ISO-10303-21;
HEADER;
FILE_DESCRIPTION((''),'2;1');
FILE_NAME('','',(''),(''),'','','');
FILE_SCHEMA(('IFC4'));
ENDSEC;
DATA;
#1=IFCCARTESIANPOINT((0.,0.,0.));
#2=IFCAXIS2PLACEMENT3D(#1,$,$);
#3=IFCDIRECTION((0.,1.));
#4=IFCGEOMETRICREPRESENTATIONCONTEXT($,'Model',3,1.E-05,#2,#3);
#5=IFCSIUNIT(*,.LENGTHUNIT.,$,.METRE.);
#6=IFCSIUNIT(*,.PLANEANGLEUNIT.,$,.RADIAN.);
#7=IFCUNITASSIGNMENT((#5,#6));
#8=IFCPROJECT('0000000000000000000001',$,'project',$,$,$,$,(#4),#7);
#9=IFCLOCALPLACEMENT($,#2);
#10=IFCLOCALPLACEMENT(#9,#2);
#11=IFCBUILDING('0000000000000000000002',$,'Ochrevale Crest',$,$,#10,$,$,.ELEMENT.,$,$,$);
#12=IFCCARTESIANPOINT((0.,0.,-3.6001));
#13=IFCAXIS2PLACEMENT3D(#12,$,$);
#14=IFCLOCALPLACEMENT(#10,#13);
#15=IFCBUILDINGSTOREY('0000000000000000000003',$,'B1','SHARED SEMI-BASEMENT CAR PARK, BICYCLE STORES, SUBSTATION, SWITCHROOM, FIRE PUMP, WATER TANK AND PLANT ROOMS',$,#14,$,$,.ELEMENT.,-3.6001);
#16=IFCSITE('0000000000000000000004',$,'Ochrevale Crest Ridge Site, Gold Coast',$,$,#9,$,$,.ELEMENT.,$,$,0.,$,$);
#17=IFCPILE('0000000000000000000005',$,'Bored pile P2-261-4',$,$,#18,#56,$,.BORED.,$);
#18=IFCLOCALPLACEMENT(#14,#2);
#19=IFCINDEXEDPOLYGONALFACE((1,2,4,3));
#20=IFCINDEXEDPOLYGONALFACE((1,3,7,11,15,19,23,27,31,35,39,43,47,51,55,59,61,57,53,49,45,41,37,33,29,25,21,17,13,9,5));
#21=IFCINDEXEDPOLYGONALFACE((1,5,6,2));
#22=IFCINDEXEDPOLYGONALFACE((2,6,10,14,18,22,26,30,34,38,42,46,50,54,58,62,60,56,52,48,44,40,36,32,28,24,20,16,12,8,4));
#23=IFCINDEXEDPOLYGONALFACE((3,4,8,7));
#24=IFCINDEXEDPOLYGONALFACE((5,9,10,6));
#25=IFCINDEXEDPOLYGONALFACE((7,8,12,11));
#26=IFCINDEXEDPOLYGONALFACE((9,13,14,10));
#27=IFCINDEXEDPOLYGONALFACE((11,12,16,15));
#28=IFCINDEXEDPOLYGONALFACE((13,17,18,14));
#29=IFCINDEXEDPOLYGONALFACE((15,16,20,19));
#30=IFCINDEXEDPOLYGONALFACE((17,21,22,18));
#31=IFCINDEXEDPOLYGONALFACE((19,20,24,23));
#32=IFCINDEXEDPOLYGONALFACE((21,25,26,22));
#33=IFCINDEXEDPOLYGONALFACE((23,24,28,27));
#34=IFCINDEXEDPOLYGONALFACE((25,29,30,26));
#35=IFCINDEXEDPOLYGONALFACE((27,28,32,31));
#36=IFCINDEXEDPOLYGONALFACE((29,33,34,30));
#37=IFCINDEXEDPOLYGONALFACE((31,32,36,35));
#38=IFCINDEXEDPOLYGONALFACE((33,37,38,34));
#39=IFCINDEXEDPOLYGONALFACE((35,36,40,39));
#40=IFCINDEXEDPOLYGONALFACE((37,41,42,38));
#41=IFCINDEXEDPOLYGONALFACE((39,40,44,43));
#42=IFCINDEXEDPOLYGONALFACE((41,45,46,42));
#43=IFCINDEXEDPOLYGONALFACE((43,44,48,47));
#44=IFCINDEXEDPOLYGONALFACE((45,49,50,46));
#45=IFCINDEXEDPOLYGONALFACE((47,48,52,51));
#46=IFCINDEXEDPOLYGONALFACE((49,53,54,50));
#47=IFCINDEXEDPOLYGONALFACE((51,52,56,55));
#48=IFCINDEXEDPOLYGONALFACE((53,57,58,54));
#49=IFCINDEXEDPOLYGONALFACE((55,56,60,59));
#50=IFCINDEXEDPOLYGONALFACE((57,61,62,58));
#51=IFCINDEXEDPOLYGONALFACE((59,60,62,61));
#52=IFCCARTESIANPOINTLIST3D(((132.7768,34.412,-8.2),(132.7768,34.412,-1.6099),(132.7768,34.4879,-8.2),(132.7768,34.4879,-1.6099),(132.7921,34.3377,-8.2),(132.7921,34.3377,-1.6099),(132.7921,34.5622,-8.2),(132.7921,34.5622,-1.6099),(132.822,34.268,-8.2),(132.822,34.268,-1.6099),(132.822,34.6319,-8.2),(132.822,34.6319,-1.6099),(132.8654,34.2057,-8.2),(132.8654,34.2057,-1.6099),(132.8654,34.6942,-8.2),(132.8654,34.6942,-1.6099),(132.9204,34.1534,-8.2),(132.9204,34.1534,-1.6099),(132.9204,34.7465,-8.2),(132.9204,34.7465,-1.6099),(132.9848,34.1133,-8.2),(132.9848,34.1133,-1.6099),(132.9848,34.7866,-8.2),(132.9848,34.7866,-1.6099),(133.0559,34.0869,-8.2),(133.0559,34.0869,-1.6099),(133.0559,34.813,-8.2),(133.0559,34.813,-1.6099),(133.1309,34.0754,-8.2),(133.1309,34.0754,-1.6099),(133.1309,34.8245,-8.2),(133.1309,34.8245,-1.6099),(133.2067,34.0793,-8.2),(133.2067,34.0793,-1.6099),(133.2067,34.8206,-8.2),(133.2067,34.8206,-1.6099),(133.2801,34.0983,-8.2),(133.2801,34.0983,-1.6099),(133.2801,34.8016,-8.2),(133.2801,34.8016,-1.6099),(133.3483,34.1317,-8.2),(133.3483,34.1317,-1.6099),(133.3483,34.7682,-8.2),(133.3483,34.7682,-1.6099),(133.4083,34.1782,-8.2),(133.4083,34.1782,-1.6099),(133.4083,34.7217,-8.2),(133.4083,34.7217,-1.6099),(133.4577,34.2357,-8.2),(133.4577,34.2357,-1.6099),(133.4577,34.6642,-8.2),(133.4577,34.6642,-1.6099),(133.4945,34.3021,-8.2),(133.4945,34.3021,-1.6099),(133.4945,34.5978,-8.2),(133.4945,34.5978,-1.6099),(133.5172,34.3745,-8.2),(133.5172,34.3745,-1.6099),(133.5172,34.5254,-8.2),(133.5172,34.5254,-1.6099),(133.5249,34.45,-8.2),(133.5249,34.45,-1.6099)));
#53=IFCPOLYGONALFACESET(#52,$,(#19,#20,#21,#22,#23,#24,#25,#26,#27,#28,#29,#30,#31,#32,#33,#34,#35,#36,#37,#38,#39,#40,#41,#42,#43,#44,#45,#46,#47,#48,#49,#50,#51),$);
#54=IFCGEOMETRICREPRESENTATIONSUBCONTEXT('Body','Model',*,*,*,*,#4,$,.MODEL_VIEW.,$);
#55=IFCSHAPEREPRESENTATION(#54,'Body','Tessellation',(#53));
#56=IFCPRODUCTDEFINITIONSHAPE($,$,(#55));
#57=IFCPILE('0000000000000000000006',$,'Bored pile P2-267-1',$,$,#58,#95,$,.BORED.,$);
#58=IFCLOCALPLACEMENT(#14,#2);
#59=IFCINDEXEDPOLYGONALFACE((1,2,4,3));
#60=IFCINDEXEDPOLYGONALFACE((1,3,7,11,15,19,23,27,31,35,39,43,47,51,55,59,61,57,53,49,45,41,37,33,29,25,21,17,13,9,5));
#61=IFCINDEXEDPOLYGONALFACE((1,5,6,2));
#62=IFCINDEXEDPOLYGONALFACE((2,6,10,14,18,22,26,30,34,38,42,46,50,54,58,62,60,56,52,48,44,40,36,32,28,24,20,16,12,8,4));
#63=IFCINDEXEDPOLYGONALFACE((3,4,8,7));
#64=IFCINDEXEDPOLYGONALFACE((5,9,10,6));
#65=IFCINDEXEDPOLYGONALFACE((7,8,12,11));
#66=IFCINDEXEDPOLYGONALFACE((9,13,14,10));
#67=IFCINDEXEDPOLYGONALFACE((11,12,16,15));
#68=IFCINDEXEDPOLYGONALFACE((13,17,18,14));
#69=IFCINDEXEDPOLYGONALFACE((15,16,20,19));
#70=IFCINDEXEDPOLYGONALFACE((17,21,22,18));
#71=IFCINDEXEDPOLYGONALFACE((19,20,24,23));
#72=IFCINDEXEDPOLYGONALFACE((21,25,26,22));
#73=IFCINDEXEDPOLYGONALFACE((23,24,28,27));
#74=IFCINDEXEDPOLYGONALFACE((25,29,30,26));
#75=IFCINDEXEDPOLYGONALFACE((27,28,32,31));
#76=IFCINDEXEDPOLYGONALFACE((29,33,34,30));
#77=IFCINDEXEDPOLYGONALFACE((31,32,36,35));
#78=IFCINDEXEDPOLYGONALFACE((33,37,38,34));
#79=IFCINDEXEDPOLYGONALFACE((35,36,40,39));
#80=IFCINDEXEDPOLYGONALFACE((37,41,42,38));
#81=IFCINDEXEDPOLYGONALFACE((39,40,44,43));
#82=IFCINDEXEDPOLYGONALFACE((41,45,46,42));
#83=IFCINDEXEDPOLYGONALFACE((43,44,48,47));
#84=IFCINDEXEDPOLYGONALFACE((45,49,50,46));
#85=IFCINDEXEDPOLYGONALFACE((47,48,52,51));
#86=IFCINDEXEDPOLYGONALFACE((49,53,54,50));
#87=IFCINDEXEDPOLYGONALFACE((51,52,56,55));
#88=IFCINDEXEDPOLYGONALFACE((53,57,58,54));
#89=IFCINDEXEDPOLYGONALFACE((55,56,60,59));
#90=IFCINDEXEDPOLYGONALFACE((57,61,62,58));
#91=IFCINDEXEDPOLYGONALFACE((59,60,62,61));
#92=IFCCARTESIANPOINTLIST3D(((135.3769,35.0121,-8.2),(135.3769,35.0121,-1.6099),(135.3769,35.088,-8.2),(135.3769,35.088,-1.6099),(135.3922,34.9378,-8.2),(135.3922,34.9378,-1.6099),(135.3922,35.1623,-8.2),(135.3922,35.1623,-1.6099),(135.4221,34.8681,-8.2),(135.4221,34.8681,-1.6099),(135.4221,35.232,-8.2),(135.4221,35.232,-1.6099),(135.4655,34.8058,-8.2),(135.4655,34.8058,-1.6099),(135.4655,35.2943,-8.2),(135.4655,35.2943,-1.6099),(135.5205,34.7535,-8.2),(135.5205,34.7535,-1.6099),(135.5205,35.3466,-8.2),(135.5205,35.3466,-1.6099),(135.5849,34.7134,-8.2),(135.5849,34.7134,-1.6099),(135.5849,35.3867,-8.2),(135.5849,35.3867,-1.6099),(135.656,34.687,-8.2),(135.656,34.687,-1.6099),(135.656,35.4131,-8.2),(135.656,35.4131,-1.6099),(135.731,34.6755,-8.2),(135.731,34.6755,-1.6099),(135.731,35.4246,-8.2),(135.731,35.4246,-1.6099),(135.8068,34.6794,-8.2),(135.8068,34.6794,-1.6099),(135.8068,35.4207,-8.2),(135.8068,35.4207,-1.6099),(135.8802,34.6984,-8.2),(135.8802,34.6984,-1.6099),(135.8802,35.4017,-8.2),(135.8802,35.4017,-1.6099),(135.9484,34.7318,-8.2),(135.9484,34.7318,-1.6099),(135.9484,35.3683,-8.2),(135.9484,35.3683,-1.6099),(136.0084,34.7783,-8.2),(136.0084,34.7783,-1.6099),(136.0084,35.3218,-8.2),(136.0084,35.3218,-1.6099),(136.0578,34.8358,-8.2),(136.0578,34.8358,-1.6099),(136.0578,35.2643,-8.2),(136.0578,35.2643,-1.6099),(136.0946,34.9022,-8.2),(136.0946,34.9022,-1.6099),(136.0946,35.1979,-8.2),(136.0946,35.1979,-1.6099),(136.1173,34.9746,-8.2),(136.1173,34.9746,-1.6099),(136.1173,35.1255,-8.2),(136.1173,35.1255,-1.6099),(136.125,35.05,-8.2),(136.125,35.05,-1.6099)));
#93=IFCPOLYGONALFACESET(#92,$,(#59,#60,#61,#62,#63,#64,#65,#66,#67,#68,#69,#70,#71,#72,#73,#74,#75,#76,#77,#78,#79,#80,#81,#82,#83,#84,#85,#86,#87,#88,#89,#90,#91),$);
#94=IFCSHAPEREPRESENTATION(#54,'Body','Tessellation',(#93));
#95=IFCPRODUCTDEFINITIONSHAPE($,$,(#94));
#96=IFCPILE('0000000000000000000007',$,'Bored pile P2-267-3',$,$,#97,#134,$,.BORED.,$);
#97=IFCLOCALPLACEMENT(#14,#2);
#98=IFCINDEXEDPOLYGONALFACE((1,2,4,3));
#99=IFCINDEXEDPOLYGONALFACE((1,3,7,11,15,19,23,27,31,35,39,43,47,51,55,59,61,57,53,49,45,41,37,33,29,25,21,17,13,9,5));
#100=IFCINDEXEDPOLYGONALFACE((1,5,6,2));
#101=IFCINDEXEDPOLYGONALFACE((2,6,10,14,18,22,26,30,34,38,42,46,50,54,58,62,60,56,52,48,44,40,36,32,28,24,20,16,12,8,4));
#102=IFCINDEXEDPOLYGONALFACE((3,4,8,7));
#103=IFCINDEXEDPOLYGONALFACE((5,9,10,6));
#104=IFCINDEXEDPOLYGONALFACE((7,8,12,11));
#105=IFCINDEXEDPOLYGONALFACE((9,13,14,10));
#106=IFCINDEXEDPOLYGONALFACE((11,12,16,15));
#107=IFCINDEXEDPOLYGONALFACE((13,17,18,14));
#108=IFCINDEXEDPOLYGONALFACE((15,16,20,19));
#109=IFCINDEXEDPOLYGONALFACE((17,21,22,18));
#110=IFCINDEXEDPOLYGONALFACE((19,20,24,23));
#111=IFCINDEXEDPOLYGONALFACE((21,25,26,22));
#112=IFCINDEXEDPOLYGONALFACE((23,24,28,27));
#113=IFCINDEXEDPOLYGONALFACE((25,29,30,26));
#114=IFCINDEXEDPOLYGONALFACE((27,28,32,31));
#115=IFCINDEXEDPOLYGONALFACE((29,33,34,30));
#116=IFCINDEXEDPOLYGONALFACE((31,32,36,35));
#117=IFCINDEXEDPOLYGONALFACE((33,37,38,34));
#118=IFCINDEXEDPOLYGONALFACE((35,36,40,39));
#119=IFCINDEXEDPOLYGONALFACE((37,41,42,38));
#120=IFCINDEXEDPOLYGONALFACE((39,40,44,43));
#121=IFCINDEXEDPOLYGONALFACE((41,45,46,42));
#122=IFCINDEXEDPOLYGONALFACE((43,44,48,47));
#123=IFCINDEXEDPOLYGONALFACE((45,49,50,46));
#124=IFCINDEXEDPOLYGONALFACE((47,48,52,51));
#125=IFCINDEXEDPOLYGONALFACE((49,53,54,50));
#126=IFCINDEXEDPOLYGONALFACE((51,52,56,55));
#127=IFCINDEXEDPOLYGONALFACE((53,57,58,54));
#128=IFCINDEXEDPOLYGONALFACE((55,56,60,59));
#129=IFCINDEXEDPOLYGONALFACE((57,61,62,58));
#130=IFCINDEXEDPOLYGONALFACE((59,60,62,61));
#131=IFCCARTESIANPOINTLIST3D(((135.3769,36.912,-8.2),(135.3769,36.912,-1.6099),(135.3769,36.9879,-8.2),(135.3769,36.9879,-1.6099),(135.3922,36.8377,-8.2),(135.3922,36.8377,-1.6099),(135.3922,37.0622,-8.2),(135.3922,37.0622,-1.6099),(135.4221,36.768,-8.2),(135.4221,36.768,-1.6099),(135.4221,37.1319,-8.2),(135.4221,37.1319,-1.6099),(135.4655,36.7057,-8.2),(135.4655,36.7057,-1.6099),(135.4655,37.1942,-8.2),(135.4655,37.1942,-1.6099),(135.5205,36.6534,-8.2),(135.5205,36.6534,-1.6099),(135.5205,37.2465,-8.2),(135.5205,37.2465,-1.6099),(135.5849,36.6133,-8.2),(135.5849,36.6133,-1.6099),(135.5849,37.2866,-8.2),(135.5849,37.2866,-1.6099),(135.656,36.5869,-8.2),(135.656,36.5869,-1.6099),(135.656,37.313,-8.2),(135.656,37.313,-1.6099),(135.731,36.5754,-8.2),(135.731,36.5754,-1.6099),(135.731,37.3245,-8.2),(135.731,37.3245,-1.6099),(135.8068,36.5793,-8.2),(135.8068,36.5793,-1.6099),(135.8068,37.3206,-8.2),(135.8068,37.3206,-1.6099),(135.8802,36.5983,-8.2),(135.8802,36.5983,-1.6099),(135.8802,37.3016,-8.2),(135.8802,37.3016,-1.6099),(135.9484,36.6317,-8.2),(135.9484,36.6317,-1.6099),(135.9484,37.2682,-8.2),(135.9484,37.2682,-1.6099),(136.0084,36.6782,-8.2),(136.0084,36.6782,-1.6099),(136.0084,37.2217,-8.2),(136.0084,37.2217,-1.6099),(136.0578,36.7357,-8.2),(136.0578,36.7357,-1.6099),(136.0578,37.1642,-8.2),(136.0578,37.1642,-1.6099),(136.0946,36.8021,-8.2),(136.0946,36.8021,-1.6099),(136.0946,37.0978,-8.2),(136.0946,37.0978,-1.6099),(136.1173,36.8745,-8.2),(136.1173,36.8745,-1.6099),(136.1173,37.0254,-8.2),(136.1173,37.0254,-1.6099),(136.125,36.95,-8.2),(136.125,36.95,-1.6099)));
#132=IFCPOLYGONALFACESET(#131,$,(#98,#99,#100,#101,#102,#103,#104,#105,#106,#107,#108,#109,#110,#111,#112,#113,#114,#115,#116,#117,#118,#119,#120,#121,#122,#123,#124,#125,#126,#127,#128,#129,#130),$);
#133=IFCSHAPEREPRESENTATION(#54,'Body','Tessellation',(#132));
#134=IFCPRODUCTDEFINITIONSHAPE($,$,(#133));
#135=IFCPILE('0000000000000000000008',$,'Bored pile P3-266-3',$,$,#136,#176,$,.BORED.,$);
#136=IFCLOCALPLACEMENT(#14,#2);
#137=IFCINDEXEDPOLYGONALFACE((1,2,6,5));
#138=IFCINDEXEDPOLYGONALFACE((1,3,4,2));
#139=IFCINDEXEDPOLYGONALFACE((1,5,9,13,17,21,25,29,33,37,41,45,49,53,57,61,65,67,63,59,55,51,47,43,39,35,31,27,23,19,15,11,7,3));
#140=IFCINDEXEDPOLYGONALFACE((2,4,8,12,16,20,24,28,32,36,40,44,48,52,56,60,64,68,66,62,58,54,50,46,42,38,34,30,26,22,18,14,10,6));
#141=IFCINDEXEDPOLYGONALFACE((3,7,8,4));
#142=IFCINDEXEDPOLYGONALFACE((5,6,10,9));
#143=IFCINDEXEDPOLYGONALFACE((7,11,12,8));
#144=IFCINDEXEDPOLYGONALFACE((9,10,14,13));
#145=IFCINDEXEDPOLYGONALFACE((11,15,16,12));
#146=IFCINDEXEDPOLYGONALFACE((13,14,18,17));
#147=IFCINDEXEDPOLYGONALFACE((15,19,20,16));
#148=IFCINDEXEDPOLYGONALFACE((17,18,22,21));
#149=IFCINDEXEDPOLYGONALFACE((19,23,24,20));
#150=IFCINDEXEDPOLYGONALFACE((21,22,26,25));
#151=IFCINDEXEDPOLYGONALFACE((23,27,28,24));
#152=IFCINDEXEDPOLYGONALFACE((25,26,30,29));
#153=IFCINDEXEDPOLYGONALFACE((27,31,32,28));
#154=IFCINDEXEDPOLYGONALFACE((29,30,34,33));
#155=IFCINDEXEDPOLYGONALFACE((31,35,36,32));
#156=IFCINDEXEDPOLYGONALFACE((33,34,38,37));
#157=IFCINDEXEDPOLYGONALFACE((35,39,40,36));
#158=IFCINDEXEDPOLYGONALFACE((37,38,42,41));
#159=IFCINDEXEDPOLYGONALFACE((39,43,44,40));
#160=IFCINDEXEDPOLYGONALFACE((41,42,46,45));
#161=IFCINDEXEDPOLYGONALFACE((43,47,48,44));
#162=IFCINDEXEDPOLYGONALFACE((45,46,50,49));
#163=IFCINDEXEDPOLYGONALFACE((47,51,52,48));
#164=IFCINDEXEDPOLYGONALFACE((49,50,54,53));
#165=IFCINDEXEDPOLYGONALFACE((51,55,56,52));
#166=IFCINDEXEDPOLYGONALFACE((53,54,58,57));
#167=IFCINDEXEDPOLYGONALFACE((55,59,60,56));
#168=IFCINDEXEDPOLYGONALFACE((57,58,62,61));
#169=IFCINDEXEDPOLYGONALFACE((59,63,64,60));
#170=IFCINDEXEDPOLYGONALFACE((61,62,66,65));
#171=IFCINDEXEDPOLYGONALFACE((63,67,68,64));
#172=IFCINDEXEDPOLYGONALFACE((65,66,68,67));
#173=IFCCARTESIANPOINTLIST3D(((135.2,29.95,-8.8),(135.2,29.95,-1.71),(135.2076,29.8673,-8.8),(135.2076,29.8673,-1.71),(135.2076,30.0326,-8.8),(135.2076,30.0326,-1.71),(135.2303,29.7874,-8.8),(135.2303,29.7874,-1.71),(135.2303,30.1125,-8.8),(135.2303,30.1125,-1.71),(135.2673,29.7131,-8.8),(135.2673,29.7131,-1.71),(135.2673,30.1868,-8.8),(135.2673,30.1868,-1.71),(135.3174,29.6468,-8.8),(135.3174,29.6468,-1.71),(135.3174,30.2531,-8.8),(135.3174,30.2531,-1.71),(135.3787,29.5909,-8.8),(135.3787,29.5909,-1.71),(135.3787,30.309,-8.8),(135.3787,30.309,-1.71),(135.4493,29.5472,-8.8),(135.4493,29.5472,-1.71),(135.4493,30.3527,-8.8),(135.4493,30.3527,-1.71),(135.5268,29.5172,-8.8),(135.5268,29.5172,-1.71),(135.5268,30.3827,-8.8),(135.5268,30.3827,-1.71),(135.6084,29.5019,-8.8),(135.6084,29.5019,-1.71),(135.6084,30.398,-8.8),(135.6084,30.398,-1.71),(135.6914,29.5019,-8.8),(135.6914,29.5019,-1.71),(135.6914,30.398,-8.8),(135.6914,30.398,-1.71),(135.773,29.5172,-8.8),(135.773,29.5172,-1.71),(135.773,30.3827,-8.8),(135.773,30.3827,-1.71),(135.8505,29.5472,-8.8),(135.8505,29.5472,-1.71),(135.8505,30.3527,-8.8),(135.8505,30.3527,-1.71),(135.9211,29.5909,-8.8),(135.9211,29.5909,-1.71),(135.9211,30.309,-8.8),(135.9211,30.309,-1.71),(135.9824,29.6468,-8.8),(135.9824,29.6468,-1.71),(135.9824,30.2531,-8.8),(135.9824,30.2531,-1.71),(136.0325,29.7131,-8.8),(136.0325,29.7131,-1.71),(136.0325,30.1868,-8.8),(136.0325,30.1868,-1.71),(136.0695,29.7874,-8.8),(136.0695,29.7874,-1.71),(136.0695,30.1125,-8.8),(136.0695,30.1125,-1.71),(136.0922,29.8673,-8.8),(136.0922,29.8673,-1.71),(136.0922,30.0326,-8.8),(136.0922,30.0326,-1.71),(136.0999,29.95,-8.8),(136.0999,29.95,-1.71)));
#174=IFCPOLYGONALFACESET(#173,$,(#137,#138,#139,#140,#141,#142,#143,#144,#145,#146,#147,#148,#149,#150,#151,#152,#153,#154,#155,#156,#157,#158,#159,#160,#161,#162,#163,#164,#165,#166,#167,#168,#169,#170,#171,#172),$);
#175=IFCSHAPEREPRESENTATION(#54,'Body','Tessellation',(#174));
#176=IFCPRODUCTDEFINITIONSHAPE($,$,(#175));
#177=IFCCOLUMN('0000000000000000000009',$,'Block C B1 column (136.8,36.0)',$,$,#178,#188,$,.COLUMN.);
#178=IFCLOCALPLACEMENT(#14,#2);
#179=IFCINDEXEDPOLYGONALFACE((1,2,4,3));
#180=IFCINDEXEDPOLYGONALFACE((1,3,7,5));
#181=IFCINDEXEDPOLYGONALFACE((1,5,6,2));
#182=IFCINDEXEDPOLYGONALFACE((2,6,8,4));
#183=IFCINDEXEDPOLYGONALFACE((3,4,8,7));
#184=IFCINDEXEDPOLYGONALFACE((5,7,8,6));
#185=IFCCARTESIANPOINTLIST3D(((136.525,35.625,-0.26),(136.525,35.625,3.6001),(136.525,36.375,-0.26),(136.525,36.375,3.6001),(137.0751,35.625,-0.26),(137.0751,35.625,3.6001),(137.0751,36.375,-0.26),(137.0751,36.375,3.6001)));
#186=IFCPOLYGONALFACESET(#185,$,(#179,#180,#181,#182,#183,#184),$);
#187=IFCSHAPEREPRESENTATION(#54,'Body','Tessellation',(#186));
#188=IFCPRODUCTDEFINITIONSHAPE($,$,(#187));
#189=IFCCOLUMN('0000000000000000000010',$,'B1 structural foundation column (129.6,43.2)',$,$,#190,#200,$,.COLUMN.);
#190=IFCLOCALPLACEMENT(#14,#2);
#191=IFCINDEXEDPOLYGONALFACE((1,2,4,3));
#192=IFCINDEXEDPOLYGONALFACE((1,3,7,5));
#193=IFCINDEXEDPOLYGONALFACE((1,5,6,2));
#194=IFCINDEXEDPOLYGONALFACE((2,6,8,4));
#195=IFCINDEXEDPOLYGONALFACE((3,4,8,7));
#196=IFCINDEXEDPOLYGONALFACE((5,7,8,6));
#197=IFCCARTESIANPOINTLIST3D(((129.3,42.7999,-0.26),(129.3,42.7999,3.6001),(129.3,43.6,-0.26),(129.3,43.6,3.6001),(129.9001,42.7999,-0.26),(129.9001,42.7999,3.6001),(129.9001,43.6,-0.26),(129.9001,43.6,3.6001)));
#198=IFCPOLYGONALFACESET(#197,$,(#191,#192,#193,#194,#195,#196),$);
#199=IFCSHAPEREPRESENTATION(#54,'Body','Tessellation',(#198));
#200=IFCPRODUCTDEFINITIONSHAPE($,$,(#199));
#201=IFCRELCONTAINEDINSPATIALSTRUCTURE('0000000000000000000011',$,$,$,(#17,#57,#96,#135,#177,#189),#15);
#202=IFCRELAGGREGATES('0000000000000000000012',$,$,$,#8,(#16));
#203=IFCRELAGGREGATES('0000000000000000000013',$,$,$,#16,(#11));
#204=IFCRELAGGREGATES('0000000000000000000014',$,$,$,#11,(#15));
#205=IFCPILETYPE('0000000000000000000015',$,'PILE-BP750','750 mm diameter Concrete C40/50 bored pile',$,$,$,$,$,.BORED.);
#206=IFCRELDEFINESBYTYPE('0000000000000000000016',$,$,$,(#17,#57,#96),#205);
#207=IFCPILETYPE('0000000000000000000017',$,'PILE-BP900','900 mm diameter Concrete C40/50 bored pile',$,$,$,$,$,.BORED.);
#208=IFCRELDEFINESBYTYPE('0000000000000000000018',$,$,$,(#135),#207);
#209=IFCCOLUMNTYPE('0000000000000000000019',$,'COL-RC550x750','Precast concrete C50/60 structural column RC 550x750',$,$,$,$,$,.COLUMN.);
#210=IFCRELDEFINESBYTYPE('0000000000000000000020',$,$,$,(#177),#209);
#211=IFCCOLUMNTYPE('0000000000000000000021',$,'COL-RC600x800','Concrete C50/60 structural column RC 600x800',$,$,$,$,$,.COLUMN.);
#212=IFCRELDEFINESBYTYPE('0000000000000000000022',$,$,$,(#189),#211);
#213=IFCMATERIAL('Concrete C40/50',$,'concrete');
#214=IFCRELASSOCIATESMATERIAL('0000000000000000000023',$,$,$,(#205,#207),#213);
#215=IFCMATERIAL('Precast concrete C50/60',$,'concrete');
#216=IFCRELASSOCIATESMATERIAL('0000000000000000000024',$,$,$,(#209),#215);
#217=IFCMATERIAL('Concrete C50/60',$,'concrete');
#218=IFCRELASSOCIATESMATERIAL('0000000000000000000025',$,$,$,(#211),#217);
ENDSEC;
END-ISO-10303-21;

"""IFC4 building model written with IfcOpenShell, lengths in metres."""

from ifc_helpers import new_model, si_unit, direction, frame, origin, origin_2d, place, context, subcontext, project, spatial, rectangle, circle, extrude, material, material_profile, profile_set, type_object, element, save


model = new_model("IFC4")

# Units and contexts
model_context = context("Model", 3, precision=1e-05, world=origin(), true_north=direction((0.0, 1.0)))
body_context = subcontext(model_context, "Body", "Model", "MODEL_VIEW")
ifc_project = project(units=[si_unit("LENGTHUNIT", "METRE"), si_unit("PLANEANGLEUNIT", "RADIAN")], contexts=[model_context])

# Site, building, storey
site_placement = place(None, origin())
site = spatial("IfcSite", under=ifc_project, at=site_placement, Name="Ochrevale Crest Ridge Site, Gold Coast", CompositionType="ELEMENT", RefElevation=0.0)
building_placement = place(site_placement, origin())
building = spatial("IfcBuilding", under=site, at=building_placement, Name="Ochrevale Crest", CompositionType="ELEMENT")
storey_placement = place(building_placement, frame((0.0, 0.0, -3.6001)))
storey = spatial("IfcBuildingStorey", under=building, at=storey_placement, Name="B1", Description="SHARED SEMI-BASEMENT CAR PARK, BICYCLE STORES, SUBSTATION, SWITCHROOM, FIRE PUMP, WATER TANK AND PLANT ROOMS", CompositionType="ELEMENT", Elevation=-3.6001)

# Shared definitions
ifc_material_1 = material(Name="Concrete C40/50", Category="concrete")

# Piles
ifc_material_profile_1 = material_profile(ifc_material_1, circle(Radius=0.375, at=origin_2d()), Name="BORED PILE 750")
ifc_profile_set_1 = profile_set([ifc_material_profile_1], Name="Concrete C40/50")
pile_type_1 = type_object("IfcPileType", Name="PILE-BP750", Description="750 mm diameter Concrete C40/50 bored pile", PredefinedType="BORED", material=ifc_profile_set_1)
for number, where, z_axis, x_axis, name in (
    (1, (133.1499, 34.45, -1.6099), (0.0, 0.0, -1.0), (1.0, 0.0, 0.0), "Bored pile P2-261-4"),
    (2, (135.75, 35.05, -1.6099), (0.0, 0.0, -1.0), (1.0, 0.0, 0.0), "Bored pile P2-267-1"),
    (3, (135.75, 36.95, -1.6099), (0.0, 0.0, -1.0), (1.0, 0.0, 0.0), "Bored pile P2-267-3"),
):
    element("IfcPile", number, at=place(storey_placement, frame(where, z_axis=z_axis, x_axis=x_axis)), inside=storey, type_object=pile_type_1, Name=name, PredefinedType="BORED", context=body_context, shape_type="SweptSolid", body=[
        extrude(circle(Radius=0.375, at=origin_2d()), origin(), (0.0, 0.0, 1.0), 6.5901),
    ])
ifc_material_profile_2 = material_profile(ifc_material_1, circle(Radius=0.45, at=origin_2d()), Name="BORED PILE 900")
ifc_profile_set_2 = profile_set([ifc_material_profile_2], Name="Concrete C40/50")
pile_type_2 = type_object("IfcPileType", Name="PILE-BP900", Description="900 mm diameter Concrete C40/50 bored pile", PredefinedType="BORED", material=ifc_profile_set_2)
pile_placement = place(storey_placement, frame((135.6499, 29.95, -1.71), z_axis=(0.0, 0.0, -1.0), x_axis=(1.0, 0.0, 0.0)))
element("IfcPile", 4, at=pile_placement, inside=storey, type_object=pile_type_2, Name="Bored pile P3-266-3", PredefinedType="BORED", context=body_context, shape_type="SweptSolid", body=[
    extrude(circle(Radius=0.45, at=origin_2d()), origin(), (0.0, 0.0, 1.0), 7.0901),
])

# Columns
ifc_material_2 = material(Name="Precast concrete C50/60", Category="concrete")
ifc_material_profile_3 = material_profile(ifc_material_2, rectangle(XDim=0.55, YDim=0.75, at=origin_2d()), Name="RC 550x750")
ifc_profile_set_3 = profile_set([ifc_material_profile_3], Name="Precast concrete C50/60")
column_type_1 = type_object("IfcColumnType", Name="COL-RC550x750", Description="Precast concrete C50/60 structural column RC 550x750", PredefinedType="COLUMN", material=ifc_profile_set_3)
column_1_placement = place(storey_placement, frame((136.8, 36.0, -0.26), z_axis=(0.0, 0.0, 1.0), x_axis=(1.0, 0.0, 0.0)))
element("IfcColumn", 5, at=column_1_placement, inside=storey, type_object=column_type_1, Name="Block C B1 column (136.8,36.0)", PredefinedType="COLUMN", context=body_context, shape_type="SweptSolid", body=[
    extrude(rectangle(XDim=0.55, YDim=0.75, at=origin_2d()), origin(), (0.0, 0.0, 1.0), 3.8601),
])
ifc_material_3 = material(Name="Concrete C50/60", Category="concrete")
ifc_material_profile_4 = material_profile(ifc_material_3, rectangle(XDim=0.6001, YDim=0.8, at=origin_2d()), Name="RC 600x800")
ifc_profile_set_4 = profile_set([ifc_material_profile_4], Name="Concrete C50/60")
column_type_2 = type_object("IfcColumnType", Name="COL-RC600x800", Description="Concrete C50/60 structural column RC 600x800", PredefinedType="COLUMN", material=ifc_profile_set_4)
column_2_placement = place(storey_placement, frame((129.6001, 43.2, -0.26), z_axis=(0.0, 0.0, 1.0), x_axis=(1.0, 0.0, 0.0)))
element("IfcColumn", 6, at=column_2_placement, inside=storey, type_object=column_type_2, Name="B1 structural foundation column (129.6,43.2)", PredefinedType="COLUMN", context=body_context, shape_type="SweptSolid", body=[
    extrude(rectangle(XDim=0.6001, YDim=0.8, at=origin_2d()), origin(), (0.0, 0.0, 1.0), 3.8601),
])

save(model, "model.ifc")
